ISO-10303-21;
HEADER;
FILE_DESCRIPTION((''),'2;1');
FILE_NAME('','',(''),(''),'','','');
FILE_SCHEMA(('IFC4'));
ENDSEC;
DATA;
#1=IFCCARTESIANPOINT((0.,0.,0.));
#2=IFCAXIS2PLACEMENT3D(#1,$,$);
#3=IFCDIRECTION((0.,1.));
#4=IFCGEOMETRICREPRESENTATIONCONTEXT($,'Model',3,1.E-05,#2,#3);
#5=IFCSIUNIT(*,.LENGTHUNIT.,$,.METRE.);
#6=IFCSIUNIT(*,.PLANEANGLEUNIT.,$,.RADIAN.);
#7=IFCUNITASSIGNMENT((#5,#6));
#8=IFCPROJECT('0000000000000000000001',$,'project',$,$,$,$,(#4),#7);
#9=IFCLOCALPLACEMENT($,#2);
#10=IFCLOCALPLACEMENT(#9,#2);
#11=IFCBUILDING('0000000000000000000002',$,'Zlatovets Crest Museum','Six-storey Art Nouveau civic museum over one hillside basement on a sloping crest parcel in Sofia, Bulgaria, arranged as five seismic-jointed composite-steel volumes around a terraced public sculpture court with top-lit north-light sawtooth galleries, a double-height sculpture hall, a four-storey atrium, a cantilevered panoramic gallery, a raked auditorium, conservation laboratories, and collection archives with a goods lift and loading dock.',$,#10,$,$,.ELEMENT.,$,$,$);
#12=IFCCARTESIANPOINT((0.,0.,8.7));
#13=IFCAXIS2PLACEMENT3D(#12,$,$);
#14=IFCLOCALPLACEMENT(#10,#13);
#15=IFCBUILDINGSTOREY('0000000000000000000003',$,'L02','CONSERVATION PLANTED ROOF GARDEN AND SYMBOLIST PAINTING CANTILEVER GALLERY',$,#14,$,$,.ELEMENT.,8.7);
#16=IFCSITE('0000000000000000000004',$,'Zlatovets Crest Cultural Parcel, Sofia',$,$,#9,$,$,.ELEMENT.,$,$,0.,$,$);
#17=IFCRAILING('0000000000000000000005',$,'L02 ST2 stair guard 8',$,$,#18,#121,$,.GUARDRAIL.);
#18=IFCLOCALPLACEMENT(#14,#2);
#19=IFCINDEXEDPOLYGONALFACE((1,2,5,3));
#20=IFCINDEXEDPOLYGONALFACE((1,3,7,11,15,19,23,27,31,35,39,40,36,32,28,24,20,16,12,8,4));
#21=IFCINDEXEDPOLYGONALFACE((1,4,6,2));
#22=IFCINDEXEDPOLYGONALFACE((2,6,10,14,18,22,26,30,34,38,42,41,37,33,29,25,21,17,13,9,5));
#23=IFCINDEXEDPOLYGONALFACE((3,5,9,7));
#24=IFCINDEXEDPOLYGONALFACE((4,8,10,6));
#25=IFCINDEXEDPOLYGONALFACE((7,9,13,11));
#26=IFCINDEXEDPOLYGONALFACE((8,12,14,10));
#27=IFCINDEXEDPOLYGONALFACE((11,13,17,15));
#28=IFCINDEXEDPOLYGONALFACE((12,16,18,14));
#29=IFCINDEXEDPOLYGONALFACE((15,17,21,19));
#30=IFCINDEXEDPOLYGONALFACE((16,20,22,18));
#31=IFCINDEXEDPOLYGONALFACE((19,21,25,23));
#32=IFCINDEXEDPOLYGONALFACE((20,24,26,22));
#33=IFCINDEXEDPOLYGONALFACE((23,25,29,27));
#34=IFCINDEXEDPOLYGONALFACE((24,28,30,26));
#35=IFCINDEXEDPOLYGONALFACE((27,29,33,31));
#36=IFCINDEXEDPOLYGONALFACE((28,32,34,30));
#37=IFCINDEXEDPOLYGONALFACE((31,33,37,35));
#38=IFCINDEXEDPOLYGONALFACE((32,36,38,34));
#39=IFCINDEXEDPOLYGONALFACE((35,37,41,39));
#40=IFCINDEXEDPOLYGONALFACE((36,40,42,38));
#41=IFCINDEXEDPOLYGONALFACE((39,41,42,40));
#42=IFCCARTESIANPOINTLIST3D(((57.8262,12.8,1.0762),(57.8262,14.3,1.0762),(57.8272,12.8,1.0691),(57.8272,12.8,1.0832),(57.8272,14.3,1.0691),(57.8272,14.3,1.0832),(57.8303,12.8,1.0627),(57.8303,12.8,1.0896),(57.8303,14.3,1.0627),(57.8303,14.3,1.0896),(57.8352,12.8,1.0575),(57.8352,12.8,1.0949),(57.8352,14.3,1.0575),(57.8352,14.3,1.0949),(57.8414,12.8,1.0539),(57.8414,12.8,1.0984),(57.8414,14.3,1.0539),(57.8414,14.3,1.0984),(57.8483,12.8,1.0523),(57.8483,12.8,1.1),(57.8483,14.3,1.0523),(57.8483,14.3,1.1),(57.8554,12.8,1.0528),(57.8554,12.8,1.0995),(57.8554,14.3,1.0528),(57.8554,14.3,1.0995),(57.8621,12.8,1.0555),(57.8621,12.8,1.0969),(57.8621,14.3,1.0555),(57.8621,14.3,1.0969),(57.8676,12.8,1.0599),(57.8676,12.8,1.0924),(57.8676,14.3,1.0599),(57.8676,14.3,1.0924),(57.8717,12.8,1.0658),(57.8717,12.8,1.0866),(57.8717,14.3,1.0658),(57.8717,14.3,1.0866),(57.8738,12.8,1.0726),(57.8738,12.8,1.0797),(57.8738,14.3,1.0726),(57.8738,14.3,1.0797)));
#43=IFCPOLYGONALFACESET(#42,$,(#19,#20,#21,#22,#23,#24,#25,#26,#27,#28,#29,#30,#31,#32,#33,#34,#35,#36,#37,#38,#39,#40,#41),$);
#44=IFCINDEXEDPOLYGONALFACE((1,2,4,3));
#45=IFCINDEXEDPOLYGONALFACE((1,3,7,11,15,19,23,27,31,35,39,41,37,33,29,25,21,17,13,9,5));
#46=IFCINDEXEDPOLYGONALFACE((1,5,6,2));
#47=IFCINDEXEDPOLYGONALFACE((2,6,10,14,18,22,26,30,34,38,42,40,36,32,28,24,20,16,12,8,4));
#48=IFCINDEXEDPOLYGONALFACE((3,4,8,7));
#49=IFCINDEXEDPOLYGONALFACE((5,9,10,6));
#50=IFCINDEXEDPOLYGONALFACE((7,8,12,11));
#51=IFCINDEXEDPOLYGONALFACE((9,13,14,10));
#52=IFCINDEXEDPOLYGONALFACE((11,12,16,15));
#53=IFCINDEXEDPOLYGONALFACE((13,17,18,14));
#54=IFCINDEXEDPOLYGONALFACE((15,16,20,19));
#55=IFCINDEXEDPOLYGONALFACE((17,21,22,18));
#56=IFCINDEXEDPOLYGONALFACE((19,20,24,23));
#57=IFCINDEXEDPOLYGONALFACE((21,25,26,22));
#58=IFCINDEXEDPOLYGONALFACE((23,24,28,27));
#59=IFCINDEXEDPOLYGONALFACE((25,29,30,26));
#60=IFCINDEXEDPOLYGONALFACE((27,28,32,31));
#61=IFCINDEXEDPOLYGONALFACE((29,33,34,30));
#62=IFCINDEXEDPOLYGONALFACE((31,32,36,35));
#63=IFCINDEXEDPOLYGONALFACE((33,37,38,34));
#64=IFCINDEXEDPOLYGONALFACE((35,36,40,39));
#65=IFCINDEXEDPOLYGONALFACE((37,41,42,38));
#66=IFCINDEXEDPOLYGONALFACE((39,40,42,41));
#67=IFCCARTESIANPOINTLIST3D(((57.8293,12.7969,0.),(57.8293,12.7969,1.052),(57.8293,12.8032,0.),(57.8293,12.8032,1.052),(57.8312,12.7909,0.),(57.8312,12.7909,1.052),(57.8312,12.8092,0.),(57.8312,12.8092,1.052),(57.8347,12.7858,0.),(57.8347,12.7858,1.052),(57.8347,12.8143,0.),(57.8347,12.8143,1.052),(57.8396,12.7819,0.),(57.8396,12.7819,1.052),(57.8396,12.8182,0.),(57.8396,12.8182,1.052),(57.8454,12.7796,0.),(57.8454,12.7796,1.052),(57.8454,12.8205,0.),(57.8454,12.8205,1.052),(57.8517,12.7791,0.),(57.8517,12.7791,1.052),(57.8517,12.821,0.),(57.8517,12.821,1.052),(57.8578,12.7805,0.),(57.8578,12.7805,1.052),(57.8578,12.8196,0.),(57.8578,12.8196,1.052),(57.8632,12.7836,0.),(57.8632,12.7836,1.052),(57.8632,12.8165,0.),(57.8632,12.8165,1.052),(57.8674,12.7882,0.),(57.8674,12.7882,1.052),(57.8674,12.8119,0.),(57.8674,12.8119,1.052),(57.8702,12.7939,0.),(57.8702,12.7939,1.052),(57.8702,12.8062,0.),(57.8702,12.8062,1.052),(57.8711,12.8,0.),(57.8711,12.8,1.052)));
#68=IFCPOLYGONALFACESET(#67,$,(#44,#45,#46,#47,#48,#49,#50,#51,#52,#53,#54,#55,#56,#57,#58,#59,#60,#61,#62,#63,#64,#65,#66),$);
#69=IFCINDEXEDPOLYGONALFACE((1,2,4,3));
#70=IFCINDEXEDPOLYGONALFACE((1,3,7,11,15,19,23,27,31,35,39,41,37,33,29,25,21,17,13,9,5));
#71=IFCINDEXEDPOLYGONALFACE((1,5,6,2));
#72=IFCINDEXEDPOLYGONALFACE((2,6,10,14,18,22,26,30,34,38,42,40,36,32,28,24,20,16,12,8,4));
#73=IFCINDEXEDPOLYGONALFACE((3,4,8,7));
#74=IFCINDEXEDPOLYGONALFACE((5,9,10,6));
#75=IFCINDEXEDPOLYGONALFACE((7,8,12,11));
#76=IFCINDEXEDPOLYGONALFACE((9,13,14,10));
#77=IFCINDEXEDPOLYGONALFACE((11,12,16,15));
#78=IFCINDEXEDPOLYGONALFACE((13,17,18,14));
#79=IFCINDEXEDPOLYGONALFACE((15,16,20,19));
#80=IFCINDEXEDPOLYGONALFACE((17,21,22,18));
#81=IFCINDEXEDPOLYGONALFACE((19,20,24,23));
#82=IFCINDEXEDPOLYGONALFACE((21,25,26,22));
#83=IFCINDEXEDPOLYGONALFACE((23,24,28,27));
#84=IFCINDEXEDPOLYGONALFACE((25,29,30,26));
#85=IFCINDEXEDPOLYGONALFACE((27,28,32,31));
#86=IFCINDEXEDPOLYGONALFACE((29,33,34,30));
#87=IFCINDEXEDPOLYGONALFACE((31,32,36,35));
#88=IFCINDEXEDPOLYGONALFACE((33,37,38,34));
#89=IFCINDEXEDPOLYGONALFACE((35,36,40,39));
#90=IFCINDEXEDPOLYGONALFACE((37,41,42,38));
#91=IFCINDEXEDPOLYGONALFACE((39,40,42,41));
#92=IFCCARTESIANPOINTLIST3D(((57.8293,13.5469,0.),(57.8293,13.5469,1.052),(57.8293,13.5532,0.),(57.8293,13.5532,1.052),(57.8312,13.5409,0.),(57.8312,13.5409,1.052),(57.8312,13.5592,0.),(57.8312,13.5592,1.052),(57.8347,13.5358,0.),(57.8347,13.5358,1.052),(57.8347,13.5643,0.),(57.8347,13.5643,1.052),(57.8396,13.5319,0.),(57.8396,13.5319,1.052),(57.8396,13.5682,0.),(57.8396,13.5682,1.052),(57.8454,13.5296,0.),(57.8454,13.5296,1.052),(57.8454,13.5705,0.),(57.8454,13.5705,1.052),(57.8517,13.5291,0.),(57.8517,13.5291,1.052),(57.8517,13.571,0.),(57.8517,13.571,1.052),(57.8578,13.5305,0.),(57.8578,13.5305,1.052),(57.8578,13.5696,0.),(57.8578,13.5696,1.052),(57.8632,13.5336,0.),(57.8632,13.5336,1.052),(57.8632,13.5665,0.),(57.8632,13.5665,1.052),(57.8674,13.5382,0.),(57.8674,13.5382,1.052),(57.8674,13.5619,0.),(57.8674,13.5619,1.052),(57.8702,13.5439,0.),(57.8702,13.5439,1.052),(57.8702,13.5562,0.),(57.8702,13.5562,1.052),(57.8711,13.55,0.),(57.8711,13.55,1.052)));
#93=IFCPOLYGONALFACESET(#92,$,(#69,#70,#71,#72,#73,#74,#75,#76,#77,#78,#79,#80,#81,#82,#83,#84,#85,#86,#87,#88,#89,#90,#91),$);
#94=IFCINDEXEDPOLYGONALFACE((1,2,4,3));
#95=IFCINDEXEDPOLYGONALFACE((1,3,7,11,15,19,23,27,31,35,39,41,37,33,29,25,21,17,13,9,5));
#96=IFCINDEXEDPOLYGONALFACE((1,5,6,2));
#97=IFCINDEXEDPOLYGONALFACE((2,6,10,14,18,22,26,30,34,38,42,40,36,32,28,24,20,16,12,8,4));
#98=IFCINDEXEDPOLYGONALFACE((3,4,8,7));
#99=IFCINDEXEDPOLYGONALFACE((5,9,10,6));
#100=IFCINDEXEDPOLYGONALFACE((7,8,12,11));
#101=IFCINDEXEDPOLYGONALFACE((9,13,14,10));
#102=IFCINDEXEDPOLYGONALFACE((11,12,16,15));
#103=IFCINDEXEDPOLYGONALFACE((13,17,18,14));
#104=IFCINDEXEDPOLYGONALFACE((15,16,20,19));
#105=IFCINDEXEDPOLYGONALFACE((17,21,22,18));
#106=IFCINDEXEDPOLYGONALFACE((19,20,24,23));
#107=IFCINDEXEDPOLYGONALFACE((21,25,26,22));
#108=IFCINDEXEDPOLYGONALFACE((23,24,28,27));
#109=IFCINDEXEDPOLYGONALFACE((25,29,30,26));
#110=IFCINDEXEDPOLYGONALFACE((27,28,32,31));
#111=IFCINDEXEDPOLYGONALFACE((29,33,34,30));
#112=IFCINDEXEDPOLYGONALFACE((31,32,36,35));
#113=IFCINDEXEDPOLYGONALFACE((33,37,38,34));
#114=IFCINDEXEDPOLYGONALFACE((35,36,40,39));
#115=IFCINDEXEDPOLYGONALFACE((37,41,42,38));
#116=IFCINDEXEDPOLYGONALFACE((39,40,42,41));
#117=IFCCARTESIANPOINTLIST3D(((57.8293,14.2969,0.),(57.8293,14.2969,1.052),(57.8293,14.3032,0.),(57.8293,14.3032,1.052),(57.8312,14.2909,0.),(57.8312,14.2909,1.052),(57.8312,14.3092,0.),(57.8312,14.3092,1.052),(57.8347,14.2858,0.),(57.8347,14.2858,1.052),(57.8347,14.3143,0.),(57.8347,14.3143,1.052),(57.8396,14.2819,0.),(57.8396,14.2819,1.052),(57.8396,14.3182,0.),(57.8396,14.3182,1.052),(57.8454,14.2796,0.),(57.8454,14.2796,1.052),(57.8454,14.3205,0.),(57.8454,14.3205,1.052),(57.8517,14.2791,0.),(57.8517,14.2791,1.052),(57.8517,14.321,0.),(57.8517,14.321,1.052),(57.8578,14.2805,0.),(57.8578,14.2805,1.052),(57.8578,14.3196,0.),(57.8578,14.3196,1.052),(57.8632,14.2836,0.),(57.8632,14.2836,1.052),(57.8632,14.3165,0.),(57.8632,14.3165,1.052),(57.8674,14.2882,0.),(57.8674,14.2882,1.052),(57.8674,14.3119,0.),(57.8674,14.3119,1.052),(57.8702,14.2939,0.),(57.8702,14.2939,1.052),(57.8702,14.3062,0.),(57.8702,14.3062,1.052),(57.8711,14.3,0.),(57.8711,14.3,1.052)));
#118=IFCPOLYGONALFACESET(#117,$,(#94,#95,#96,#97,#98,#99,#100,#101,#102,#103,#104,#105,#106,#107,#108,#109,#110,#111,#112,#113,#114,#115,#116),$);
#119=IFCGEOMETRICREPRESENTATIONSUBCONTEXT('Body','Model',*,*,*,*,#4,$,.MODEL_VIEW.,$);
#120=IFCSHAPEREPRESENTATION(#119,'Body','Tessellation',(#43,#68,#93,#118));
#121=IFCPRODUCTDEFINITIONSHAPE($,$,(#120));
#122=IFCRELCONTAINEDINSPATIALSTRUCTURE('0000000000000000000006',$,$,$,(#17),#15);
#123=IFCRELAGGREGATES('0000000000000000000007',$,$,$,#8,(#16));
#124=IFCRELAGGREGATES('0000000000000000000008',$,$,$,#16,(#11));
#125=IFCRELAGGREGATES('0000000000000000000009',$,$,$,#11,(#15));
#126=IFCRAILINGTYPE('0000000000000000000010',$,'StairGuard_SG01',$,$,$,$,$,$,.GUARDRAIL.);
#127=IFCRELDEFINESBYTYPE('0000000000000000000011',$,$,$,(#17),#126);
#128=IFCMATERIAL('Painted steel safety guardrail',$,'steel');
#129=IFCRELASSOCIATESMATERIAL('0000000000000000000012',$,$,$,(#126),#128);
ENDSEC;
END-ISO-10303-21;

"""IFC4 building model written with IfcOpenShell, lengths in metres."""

from ifc_helpers import new_model, si_unit, direction, frame, origin, origin_2d, place, context, subcontext, project, spatial, circle, extrude, material, type_object, element, save


model = new_model("IFC4")

# Units and contexts
model_context = context("Model", 3, precision=1e-05, world=origin(), true_north=direction((0.0, 1.0)))
body_context = subcontext(model_context, "Body", "Model", "MODEL_VIEW")
ifc_project = project(units=[si_unit("LENGTHUNIT", "METRE"), si_unit("PLANEANGLEUNIT", "RADIAN")], contexts=[model_context])

# Site, building, storey
site_placement = place(None, origin())
site = spatial("IfcSite", under=ifc_project, at=site_placement, Name="Zlatovets Crest Cultural Parcel, Sofia", CompositionType="ELEMENT", RefElevation=0.0)
building_placement = place(site_placement, origin())
building = spatial("IfcBuilding", under=site, at=building_placement, Name="Zlatovets Crest Museum", Description="Six-storey Art Nouveau civic museum over one hillside basement on a sloping crest parcel in Sofia, Bulgaria, arranged as five seismic-jointed composite-steel volumes around a terraced public sculpture court with top-lit north-light sawtooth galleries, a double-height sculpture hall, a four-storey atrium, a cantilevered panoramic gallery, a raked auditorium, conservation laboratories, and collection archives with a goods lift and loading dock.", CompositionType="ELEMENT")
storey_placement = place(building_placement, frame((0.0, 0.0, 8.7)))
storey = spatial("IfcBuildingStorey", under=building, at=storey_placement, Name="L02", Description="CONSERVATION PLANTED ROOF GARDEN AND SYMBOLIST PAINTING CANTILEVER GALLERY", CompositionType="ELEMENT", Elevation=8.7)

# Railing
ifc_material_1 = material(Name="Painted steel safety guardrail", Category="steel")
railing_type_1 = type_object("IfcRailingType", Name="StairGuard_SG01", PredefinedType="GUARDRAIL", material=ifc_material_1)
for number, where, name in (
    (1, (57.8501, 12.8, 0.0), "L02 ST2 stair guard 8"),
):
    element("IfcRailing", number, at=place(storey_placement, frame(where)), inside=storey, type_object=railing_type_1, Name=name, PredefinedType="GUARDRAIL", context=body_context, shape_type="SweptSolid", body=[
        extrude(circle(Radius=0.0239, at=origin_2d()), frame((0.0, 0.0, 1.0762), z_axis=(0.0, 1.0, 0.0), x_axis=(-1.0, 0.0, 0.0)), (0.0, 0.0, 1.0), 1.5),
        extrude(circle(Radius=0.021, at=origin_2d()), origin(), (0.0, 0.0, 1.0), 1.052),
        extrude(circle(Radius=0.021, at=origin_2d()), frame((0.0, 0.75, 0.0)), (0.0, 0.0, 1.0), 1.052),
        extrude(circle(Radius=0.021, at=origin_2d()), frame((0.0, 1.5, 0.0)), (0.0, 0.0, 1.0), 1.052),
    ])

save(model, "model.ifc")
